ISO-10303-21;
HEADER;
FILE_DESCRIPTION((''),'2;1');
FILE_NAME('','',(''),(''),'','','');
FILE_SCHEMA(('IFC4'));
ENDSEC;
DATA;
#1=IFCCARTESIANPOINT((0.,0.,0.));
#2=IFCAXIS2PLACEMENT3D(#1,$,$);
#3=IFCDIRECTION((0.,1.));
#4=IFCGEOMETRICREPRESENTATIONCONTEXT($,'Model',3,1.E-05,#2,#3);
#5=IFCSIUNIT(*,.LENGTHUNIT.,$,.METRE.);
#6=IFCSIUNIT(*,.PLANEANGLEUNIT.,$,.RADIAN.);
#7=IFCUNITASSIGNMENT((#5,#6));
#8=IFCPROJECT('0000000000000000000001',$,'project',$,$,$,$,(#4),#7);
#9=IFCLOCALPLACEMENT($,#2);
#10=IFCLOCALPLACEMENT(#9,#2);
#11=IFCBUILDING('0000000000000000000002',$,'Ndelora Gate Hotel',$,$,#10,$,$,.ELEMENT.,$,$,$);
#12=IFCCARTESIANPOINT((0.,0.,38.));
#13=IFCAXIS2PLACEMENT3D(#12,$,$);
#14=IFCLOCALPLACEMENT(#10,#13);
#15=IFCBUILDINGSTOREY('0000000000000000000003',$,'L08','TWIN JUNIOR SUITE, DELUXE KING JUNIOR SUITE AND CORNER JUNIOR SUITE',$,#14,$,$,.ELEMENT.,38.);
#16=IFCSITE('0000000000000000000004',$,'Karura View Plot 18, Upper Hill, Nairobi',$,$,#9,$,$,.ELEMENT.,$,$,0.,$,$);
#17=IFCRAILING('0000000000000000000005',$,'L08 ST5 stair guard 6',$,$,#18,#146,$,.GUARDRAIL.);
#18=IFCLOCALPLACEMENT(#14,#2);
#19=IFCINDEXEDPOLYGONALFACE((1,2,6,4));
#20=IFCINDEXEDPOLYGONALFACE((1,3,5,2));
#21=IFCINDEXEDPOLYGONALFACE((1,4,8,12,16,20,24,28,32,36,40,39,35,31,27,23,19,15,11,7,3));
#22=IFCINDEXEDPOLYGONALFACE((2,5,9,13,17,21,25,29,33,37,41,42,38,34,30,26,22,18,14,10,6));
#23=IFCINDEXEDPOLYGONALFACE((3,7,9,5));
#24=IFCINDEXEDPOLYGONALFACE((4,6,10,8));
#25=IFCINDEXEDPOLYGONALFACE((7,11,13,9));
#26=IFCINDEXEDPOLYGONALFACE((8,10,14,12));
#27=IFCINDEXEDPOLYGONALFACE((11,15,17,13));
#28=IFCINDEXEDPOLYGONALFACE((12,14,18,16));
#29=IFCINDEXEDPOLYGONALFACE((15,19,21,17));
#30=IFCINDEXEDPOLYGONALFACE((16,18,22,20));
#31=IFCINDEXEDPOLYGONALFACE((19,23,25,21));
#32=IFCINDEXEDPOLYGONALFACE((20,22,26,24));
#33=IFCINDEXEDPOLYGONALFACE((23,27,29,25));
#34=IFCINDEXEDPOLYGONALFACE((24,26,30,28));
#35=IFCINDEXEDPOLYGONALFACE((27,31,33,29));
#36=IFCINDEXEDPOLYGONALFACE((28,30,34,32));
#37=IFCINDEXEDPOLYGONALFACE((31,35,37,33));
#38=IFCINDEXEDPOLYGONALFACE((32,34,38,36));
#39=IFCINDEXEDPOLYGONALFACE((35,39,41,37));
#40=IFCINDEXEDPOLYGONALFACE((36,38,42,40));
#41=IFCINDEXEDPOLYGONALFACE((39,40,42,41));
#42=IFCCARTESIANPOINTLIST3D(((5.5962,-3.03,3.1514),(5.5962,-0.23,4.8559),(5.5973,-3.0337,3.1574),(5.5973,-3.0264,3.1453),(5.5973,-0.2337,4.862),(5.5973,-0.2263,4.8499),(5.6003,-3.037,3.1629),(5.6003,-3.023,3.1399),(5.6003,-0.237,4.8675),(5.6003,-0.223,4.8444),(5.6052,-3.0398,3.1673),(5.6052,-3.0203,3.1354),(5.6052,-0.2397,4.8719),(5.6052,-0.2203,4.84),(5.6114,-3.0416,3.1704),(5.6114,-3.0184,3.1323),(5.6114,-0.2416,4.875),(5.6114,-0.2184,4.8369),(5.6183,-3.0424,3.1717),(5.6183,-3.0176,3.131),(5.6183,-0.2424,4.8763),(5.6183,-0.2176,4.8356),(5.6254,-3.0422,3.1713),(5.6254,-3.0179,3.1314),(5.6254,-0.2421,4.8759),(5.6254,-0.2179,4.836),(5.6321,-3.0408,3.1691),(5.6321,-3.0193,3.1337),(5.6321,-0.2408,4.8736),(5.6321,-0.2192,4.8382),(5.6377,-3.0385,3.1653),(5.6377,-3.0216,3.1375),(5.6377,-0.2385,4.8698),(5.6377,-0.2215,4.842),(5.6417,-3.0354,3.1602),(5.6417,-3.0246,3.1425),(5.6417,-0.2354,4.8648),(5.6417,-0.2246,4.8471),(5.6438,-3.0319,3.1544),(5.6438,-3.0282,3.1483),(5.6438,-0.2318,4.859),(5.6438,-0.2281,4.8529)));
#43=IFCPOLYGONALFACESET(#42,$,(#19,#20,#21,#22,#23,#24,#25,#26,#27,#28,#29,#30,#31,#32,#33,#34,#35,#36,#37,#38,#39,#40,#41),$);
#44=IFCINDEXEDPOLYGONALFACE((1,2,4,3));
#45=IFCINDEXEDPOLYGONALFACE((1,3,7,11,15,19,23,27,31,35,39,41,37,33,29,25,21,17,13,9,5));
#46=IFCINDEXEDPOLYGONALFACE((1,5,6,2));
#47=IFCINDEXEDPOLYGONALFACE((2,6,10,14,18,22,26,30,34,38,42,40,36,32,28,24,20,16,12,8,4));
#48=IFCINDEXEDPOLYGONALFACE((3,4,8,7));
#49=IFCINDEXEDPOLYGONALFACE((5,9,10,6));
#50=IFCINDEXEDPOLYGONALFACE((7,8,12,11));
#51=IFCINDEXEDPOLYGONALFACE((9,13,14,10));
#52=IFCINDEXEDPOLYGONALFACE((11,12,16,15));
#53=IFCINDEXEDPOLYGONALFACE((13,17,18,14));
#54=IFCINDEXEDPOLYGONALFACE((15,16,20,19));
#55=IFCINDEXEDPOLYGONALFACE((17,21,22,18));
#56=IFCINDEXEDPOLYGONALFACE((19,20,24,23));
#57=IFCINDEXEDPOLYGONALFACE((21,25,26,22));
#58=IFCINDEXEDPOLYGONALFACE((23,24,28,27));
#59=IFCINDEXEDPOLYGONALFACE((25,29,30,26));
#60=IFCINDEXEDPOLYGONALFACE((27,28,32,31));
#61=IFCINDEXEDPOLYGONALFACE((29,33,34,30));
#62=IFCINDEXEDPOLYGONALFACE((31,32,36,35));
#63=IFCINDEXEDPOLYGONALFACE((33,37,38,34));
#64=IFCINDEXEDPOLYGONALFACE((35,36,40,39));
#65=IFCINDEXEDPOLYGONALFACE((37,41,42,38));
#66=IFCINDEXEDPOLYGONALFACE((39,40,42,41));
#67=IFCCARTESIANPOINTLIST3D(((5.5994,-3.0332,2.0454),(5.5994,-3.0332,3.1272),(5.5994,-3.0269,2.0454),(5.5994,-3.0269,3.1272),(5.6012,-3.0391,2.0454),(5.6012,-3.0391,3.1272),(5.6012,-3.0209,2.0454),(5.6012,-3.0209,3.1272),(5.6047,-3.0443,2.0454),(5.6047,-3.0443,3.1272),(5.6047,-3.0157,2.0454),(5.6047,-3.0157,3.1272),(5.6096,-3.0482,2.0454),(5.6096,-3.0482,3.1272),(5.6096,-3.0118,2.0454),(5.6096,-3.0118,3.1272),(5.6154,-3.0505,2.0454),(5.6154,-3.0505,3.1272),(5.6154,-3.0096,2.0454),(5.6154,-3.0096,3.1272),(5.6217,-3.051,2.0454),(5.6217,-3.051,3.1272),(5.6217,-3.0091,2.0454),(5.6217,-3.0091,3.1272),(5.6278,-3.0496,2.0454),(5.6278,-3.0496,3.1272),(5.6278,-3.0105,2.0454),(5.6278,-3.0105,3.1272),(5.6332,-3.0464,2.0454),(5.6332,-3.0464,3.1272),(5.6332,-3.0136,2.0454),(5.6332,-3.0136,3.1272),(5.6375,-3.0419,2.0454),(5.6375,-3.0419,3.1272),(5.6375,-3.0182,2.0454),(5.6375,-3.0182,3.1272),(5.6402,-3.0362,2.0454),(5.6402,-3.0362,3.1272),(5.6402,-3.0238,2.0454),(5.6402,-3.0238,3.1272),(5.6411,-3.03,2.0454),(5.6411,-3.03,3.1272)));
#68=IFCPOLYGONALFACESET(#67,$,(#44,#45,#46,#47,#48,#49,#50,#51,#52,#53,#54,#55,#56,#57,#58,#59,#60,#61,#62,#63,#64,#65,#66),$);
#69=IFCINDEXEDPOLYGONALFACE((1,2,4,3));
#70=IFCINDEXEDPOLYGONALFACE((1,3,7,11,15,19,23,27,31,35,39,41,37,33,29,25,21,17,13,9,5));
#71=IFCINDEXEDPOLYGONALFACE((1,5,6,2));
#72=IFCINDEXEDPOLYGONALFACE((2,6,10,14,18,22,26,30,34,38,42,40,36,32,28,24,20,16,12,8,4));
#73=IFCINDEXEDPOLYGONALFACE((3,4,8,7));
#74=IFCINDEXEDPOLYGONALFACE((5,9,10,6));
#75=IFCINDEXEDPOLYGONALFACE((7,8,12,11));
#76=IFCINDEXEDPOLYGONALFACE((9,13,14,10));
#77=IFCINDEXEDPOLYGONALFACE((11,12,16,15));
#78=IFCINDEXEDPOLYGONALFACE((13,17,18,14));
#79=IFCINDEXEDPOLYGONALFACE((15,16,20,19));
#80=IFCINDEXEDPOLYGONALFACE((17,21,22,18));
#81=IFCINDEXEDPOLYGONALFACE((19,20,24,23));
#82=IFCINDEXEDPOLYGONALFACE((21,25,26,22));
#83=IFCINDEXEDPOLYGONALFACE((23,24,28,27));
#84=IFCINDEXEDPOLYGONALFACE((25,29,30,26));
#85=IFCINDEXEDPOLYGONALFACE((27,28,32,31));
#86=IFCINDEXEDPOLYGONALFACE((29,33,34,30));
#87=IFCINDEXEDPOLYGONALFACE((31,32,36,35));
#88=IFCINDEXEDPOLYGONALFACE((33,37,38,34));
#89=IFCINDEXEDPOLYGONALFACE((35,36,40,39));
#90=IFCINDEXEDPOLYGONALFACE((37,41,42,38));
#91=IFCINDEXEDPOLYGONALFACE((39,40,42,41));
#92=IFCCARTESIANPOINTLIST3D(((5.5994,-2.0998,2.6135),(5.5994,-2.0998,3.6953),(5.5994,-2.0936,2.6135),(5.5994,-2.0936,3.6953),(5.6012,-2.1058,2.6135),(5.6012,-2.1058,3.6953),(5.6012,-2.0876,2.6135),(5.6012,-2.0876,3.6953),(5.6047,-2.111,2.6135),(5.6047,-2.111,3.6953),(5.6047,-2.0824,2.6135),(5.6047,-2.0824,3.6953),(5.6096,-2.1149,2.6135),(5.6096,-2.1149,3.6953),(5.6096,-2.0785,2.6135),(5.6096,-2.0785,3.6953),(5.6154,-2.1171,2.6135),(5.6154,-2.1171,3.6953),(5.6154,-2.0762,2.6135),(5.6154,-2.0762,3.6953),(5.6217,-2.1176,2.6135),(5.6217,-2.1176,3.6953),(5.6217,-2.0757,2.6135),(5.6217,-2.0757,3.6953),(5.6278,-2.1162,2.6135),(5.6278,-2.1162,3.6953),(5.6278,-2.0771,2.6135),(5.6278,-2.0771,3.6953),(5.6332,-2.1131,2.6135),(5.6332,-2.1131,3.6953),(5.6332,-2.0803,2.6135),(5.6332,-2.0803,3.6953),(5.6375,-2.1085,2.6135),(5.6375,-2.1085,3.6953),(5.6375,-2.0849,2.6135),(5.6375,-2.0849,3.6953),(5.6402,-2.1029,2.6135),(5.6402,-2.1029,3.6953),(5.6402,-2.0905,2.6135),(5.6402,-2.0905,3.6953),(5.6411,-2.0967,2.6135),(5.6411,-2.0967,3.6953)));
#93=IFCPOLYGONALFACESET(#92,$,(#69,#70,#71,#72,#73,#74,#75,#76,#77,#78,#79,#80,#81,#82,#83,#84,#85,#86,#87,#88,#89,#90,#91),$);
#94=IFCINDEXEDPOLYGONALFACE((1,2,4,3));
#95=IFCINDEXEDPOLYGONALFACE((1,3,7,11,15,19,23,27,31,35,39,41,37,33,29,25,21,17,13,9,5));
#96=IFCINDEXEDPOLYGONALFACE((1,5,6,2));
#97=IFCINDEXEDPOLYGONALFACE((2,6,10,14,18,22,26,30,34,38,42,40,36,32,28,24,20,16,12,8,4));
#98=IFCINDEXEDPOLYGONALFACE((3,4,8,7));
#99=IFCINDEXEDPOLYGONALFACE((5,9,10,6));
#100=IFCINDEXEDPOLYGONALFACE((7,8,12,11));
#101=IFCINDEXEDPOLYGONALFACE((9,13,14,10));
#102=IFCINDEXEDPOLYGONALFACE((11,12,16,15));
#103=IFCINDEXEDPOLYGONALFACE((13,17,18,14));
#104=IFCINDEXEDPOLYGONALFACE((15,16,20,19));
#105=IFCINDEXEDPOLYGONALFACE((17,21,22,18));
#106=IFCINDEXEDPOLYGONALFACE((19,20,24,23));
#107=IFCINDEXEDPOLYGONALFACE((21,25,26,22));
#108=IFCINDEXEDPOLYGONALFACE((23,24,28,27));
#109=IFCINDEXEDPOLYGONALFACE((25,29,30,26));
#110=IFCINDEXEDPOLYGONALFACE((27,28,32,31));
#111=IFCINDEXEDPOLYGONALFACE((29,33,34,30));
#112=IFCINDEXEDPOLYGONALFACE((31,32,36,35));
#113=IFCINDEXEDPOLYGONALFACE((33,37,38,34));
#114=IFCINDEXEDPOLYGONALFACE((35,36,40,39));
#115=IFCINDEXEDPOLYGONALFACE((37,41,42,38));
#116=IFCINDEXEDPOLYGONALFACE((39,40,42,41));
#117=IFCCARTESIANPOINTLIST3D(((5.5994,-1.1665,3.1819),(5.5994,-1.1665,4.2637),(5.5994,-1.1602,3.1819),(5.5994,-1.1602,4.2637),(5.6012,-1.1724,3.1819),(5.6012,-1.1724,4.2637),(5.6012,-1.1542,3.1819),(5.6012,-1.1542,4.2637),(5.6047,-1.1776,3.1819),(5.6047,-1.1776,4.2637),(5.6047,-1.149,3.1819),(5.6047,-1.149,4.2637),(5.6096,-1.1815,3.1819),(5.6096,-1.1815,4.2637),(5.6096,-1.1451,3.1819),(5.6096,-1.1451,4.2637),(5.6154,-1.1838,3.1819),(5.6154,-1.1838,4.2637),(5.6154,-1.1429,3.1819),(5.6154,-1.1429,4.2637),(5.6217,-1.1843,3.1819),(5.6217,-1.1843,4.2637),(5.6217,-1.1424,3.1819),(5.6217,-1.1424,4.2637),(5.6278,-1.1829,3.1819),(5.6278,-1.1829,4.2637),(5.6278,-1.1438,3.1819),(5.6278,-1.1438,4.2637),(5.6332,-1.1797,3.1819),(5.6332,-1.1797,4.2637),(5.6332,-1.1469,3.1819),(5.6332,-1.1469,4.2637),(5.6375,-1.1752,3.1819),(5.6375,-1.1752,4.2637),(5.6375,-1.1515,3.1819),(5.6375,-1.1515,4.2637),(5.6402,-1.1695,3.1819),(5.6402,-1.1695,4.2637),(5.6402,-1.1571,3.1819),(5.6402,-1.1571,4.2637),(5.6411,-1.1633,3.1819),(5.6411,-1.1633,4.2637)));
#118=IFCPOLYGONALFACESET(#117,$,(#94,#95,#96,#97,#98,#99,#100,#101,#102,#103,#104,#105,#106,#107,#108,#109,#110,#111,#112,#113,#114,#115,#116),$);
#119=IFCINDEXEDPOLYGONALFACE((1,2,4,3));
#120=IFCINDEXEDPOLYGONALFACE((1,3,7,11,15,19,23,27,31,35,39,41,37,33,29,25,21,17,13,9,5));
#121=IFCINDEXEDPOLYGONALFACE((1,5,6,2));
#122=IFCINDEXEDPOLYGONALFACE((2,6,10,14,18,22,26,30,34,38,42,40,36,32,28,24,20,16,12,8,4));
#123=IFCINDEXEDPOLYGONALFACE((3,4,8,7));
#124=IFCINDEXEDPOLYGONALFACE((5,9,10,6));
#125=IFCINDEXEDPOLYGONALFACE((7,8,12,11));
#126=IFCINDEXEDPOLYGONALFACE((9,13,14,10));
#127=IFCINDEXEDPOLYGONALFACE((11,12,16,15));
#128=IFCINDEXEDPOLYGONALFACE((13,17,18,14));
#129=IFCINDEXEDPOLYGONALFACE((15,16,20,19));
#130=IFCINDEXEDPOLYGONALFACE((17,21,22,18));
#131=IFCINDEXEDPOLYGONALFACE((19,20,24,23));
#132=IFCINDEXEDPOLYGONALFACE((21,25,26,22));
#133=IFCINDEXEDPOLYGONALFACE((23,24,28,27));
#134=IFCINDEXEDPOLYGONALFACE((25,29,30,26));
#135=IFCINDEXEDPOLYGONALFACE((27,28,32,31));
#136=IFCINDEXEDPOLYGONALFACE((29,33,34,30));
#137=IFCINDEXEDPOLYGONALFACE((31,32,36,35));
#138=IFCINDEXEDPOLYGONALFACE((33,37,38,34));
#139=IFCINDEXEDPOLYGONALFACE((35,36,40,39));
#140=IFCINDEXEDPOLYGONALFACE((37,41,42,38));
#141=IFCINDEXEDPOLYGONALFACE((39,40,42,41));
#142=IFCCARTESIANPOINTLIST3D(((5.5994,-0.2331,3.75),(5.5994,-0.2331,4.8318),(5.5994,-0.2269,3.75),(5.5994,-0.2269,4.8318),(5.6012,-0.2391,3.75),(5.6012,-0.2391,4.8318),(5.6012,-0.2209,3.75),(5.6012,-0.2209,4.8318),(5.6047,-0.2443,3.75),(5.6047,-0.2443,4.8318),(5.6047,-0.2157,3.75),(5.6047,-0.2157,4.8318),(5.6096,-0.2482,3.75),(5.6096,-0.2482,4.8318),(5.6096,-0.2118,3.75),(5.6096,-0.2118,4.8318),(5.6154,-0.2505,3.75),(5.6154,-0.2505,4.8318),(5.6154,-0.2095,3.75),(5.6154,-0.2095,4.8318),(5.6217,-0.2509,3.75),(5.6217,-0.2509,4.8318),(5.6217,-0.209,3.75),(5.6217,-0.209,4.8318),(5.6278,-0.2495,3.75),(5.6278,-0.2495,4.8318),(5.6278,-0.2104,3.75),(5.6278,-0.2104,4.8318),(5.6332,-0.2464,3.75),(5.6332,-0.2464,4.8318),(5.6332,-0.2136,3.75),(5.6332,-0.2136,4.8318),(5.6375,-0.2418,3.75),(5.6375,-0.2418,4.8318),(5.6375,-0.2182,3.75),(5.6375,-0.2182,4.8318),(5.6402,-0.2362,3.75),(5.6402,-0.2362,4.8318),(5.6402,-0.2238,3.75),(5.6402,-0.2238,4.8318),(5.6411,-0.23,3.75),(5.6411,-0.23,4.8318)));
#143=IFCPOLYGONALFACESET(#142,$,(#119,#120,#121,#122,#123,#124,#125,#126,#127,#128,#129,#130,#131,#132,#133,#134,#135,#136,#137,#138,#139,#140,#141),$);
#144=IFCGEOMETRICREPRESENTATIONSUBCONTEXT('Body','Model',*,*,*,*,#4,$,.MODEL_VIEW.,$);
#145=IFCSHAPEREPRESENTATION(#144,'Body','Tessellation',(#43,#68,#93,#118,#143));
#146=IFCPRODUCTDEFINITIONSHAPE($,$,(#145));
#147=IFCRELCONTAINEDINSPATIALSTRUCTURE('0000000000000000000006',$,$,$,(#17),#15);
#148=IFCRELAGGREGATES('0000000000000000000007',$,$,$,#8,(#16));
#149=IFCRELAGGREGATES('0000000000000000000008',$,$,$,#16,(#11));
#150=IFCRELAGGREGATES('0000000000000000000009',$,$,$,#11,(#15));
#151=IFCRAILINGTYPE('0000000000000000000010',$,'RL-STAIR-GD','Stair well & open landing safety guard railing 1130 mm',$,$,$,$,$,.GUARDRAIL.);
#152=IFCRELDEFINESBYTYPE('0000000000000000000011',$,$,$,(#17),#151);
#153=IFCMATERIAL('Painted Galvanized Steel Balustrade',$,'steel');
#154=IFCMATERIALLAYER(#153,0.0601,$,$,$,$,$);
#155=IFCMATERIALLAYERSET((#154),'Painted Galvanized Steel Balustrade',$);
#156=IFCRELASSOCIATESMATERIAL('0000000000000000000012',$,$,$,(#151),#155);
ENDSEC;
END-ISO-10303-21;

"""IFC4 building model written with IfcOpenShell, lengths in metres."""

from ifc_helpers import new_model, si_unit, direction, frame, origin, origin_2d, place, context, subcontext, project, spatial, circle, extrude, material, layer, layer_set, type_object, element, save


model = new_model("IFC4")

# Units and contexts
model_context = context("Model", 3, precision=1e-05, world=origin(), true_north=direction((0.0, 1.0)))
body_context = subcontext(model_context, "Body", "Model", "MODEL_VIEW")
ifc_project = project(units=[si_unit("LENGTHUNIT", "METRE"), si_unit("PLANEANGLEUNIT", "RADIAN")], contexts=[model_context])

# Site, building, storey
site_placement = place(None, origin())
site = spatial("IfcSite", under=ifc_project, at=site_placement, Name="Karura View Plot 18, Upper Hill, Nairobi", CompositionType="ELEMENT", RefElevation=0.0)
building_placement = place(site_placement, origin())
building = spatial("IfcBuilding", under=site, at=building_placement, Name="Ndelora Gate Hotel", CompositionType="ELEMENT")
storey_placement = place(building_placement, frame((0.0, 0.0, 38.0)))
storey = spatial("IfcBuildingStorey", under=building, at=storey_placement, Name="L08", Description="TWIN JUNIOR SUITE, DELUXE KING JUNIOR SUITE AND CORNER JUNIOR SUITE", CompositionType="ELEMENT", Elevation=38.0)

# Railing
ifc_material_1 = material(Name="Painted Galvanized Steel Balustrade", Category="steel")
ifc_layer_1 = layer(ifc_material_1, 0.0601)
ifc_layer_set_1 = layer_set([ifc_layer_1], Name="Painted Galvanized Steel Balustrade")
railing_type_1 = type_object("IfcRailingType", Name="RL-STAIR-GD", Description="Stair well & open landing safety guard railing 1130 mm", PredefinedType="GUARDRAIL", material=ifc_layer_set_1)
railing_1_placement = place(storey_placement, frame((5.6201, -3.03, 2.0454)))
element("IfcRailing", 1, at=railing_1_placement, inside=storey, type_object=railing_type_1, Name="L08 ST5 stair guard 6", PredefinedType="GUARDRAIL", context=body_context, shape_type="SweptSolid", body=[
    extrude(circle(Radius=0.0239, at=origin_2d()), frame((0.0, 0.0, 1.106), z_axis=(0.0, 0.85417, 0.519994), x_axis=(-1.0, 0.0, 0.0)), (0.0, 0.0, 1.0), 3.2781),
    extrude(circle(Radius=0.021, at=origin_2d()), origin(), (0.0, 0.0, 1.0), 1.0818),
    extrude(circle(Radius=0.021, at=origin_2d()), frame((0.0, 0.9333, 0.5681)), (0.0, 0.0, 1.0), 1.0818),
    extrude(circle(Radius=0.021, at=origin_2d()), frame((0.0, 1.8667, 1.1365)), (0.0, 0.0, 1.0), 1.0818),
    extrude(circle(Radius=0.021, at=origin_2d()), frame((0.0, 2.8, 1.7046)), (0.0, 0.0, 1.0), 1.0818),
])

save(model, "model.ifc")
